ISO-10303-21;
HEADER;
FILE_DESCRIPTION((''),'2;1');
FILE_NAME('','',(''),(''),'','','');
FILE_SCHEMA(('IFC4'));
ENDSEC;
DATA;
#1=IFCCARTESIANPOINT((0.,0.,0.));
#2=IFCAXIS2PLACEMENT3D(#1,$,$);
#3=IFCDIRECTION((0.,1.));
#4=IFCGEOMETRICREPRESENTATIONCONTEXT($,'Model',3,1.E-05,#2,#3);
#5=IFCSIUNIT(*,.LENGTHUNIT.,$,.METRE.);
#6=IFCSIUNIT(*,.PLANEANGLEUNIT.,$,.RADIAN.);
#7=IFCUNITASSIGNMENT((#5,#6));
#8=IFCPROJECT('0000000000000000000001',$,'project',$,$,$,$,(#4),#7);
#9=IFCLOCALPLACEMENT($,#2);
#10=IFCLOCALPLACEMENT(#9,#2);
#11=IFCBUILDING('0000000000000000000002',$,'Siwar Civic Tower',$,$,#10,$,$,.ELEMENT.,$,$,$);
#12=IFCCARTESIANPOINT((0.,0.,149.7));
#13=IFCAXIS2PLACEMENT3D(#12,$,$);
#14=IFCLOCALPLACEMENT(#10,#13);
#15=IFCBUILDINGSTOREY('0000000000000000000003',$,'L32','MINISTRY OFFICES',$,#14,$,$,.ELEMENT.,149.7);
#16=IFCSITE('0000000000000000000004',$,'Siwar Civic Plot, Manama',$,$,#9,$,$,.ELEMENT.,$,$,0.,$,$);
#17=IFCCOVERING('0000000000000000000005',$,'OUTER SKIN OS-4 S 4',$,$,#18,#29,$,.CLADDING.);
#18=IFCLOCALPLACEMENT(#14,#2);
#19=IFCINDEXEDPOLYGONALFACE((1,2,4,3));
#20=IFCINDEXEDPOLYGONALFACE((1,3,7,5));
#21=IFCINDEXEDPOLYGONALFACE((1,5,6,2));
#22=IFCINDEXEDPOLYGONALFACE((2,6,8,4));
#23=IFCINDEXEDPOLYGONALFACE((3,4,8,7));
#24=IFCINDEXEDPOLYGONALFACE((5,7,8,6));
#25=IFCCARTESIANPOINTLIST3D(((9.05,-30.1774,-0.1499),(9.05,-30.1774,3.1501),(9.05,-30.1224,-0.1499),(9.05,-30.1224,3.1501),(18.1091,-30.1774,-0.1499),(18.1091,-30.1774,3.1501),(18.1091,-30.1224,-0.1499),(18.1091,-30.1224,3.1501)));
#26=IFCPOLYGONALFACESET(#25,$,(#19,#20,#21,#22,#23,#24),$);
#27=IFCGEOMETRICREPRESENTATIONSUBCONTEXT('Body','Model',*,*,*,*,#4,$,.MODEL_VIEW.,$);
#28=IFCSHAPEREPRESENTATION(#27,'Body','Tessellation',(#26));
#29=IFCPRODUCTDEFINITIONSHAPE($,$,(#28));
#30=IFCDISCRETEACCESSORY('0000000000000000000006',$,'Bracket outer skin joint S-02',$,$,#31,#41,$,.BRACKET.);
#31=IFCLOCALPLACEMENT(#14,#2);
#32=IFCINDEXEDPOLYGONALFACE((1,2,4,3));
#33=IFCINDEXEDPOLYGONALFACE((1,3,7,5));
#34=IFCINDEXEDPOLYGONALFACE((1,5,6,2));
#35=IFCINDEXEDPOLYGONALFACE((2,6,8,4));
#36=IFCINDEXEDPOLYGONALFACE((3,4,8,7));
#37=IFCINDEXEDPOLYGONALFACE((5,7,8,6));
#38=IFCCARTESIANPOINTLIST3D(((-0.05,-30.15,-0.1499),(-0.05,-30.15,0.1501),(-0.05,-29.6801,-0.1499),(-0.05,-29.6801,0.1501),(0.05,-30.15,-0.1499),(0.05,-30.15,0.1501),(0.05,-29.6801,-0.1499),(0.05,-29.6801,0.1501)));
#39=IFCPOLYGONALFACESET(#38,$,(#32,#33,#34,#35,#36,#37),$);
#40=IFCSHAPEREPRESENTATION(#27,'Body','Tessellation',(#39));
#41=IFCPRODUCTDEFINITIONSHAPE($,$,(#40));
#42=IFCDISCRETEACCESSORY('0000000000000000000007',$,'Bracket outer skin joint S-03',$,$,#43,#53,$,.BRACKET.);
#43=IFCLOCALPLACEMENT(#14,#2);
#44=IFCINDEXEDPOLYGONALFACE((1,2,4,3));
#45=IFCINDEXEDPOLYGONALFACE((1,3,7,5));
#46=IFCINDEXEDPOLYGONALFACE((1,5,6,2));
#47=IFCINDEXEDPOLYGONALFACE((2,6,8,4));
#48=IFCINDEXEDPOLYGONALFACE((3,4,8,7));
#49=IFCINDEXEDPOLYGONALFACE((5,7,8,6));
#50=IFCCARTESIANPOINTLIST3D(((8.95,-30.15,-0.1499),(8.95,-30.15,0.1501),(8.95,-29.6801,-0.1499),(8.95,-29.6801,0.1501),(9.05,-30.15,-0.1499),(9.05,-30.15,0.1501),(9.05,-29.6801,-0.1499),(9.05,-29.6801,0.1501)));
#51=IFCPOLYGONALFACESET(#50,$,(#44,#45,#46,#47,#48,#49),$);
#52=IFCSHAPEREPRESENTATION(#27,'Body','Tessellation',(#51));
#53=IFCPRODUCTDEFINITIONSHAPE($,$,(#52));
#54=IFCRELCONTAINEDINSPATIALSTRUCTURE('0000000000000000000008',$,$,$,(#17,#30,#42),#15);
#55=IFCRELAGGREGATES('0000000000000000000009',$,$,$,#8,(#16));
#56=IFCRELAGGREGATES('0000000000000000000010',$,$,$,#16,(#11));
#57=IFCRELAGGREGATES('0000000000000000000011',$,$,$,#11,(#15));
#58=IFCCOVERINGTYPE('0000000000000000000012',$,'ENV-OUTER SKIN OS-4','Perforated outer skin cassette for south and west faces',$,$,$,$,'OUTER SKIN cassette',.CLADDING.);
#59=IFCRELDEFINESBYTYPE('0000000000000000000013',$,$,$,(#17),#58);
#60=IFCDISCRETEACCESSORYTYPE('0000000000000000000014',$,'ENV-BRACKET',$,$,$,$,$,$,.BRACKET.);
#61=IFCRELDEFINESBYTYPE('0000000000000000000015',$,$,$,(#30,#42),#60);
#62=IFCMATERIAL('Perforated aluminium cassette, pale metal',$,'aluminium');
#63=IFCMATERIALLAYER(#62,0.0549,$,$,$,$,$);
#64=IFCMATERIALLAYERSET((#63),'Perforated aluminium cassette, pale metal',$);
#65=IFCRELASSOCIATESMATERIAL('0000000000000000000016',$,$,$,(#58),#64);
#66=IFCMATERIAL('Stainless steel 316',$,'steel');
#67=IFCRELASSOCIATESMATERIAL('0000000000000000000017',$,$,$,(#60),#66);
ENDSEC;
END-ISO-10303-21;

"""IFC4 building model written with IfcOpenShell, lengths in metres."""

from ifc_helpers import new_model, si_unit, direction, frame, origin, origin_2d, place, context, subcontext, project, spatial, rectangle, extrude, material, layer, layer_set, type_object, element, save


model = new_model("IFC4")

# Units and contexts
model_context = context("Model", 3, precision=1e-05, world=origin(), true_north=direction((0.0, 1.0)))
body_context = subcontext(model_context, "Body", "Model", "MODEL_VIEW")
ifc_project = project(units=[si_unit("LENGTHUNIT", "METRE"), si_unit("PLANEANGLEUNIT", "RADIAN")], contexts=[model_context])

# Site, building, storey
site_placement = place(None, origin())
site = spatial("IfcSite", under=ifc_project, at=site_placement, Name="Siwar Civic Plot, Manama", CompositionType="ELEMENT", RefElevation=0.0)
building_placement = place(site_placement, origin())
building = spatial("IfcBuilding", under=site, at=building_placement, Name="Siwar Civic Tower", CompositionType="ELEMENT")
storey_placement = place(building_placement, frame((0.0, 0.0, 149.7)))
storey = spatial("IfcBuildingStorey", under=building, at=storey_placement, Name="L32", Description="MINISTRY OFFICES", CompositionType="ELEMENT", Elevation=149.7)

# Covering
ifc_material_1 = material(Name="Perforated aluminium cassette, pale metal", Category="aluminium")
ifc_layer_1 = layer(ifc_material_1, 0.0549)
ifc_layer_set_1 = layer_set([ifc_layer_1], Name="Perforated aluminium cassette, pale metal")
covering_type = type_object("IfcCoveringType", Name="ENV-OUTER SKIN OS-4", Description="Perforated outer skin cassette for south and west faces", ElementType="OUTER SKIN cassette", PredefinedType="CLADDING", material=ifc_layer_set_1)
covering_1_placement = place(storey_placement, frame((13.5796, -30.1499, -0.1499), z_axis=(0.0, 0.0, 1.0), x_axis=(1.0, 0.0, 0.0)))
element("IfcCovering", 1, at=covering_1_placement, inside=storey, type_object=covering_type, Name="OUTER SKIN OS-4 S 4", PredefinedType="CLADDING", context=body_context, shape_type="SweptSolid", body=[
    extrude(rectangle(XDim=9.0591, YDim=0.0549, at=origin_2d()), origin(), (0.0, 0.0, 1.0), 3.3),
])

# Discrete accessories
ifc_material_2 = material(Name="Stainless steel 316", Category="steel")
discrete_accessory_type = type_object("IfcDiscreteAccessoryType", Name="ENV-BRACKET", PredefinedType="BRACKET", material=ifc_material_2)
for number, where, z_axis, x_axis, name in (
    (2, (0.0, -29.915, -0.1499), (0.0, 0.0, 1.0), (0.0, -1.0, 0.0), "Bracket outer skin joint S-02"),
    (3, (9.0, -29.915, -0.1499), (0.0, 0.0, 1.0), (0.0, -1.0, 0.0), "Bracket outer skin joint S-03"),
):
    element("IfcDiscreteAccessory", number, at=place(storey_placement, frame(where, z_axis=z_axis, x_axis=x_axis)), inside=storey, type_object=discrete_accessory_type, Name=name, PredefinedType="BRACKET", context=body_context, shape_type="SweptSolid", body=[
        extrude(rectangle(XDim=0.47, YDim=0.1001, at=origin_2d()), origin(), (0.0, 0.0, 1.0), 0.3),
    ])

save(model, "model.ifc")
